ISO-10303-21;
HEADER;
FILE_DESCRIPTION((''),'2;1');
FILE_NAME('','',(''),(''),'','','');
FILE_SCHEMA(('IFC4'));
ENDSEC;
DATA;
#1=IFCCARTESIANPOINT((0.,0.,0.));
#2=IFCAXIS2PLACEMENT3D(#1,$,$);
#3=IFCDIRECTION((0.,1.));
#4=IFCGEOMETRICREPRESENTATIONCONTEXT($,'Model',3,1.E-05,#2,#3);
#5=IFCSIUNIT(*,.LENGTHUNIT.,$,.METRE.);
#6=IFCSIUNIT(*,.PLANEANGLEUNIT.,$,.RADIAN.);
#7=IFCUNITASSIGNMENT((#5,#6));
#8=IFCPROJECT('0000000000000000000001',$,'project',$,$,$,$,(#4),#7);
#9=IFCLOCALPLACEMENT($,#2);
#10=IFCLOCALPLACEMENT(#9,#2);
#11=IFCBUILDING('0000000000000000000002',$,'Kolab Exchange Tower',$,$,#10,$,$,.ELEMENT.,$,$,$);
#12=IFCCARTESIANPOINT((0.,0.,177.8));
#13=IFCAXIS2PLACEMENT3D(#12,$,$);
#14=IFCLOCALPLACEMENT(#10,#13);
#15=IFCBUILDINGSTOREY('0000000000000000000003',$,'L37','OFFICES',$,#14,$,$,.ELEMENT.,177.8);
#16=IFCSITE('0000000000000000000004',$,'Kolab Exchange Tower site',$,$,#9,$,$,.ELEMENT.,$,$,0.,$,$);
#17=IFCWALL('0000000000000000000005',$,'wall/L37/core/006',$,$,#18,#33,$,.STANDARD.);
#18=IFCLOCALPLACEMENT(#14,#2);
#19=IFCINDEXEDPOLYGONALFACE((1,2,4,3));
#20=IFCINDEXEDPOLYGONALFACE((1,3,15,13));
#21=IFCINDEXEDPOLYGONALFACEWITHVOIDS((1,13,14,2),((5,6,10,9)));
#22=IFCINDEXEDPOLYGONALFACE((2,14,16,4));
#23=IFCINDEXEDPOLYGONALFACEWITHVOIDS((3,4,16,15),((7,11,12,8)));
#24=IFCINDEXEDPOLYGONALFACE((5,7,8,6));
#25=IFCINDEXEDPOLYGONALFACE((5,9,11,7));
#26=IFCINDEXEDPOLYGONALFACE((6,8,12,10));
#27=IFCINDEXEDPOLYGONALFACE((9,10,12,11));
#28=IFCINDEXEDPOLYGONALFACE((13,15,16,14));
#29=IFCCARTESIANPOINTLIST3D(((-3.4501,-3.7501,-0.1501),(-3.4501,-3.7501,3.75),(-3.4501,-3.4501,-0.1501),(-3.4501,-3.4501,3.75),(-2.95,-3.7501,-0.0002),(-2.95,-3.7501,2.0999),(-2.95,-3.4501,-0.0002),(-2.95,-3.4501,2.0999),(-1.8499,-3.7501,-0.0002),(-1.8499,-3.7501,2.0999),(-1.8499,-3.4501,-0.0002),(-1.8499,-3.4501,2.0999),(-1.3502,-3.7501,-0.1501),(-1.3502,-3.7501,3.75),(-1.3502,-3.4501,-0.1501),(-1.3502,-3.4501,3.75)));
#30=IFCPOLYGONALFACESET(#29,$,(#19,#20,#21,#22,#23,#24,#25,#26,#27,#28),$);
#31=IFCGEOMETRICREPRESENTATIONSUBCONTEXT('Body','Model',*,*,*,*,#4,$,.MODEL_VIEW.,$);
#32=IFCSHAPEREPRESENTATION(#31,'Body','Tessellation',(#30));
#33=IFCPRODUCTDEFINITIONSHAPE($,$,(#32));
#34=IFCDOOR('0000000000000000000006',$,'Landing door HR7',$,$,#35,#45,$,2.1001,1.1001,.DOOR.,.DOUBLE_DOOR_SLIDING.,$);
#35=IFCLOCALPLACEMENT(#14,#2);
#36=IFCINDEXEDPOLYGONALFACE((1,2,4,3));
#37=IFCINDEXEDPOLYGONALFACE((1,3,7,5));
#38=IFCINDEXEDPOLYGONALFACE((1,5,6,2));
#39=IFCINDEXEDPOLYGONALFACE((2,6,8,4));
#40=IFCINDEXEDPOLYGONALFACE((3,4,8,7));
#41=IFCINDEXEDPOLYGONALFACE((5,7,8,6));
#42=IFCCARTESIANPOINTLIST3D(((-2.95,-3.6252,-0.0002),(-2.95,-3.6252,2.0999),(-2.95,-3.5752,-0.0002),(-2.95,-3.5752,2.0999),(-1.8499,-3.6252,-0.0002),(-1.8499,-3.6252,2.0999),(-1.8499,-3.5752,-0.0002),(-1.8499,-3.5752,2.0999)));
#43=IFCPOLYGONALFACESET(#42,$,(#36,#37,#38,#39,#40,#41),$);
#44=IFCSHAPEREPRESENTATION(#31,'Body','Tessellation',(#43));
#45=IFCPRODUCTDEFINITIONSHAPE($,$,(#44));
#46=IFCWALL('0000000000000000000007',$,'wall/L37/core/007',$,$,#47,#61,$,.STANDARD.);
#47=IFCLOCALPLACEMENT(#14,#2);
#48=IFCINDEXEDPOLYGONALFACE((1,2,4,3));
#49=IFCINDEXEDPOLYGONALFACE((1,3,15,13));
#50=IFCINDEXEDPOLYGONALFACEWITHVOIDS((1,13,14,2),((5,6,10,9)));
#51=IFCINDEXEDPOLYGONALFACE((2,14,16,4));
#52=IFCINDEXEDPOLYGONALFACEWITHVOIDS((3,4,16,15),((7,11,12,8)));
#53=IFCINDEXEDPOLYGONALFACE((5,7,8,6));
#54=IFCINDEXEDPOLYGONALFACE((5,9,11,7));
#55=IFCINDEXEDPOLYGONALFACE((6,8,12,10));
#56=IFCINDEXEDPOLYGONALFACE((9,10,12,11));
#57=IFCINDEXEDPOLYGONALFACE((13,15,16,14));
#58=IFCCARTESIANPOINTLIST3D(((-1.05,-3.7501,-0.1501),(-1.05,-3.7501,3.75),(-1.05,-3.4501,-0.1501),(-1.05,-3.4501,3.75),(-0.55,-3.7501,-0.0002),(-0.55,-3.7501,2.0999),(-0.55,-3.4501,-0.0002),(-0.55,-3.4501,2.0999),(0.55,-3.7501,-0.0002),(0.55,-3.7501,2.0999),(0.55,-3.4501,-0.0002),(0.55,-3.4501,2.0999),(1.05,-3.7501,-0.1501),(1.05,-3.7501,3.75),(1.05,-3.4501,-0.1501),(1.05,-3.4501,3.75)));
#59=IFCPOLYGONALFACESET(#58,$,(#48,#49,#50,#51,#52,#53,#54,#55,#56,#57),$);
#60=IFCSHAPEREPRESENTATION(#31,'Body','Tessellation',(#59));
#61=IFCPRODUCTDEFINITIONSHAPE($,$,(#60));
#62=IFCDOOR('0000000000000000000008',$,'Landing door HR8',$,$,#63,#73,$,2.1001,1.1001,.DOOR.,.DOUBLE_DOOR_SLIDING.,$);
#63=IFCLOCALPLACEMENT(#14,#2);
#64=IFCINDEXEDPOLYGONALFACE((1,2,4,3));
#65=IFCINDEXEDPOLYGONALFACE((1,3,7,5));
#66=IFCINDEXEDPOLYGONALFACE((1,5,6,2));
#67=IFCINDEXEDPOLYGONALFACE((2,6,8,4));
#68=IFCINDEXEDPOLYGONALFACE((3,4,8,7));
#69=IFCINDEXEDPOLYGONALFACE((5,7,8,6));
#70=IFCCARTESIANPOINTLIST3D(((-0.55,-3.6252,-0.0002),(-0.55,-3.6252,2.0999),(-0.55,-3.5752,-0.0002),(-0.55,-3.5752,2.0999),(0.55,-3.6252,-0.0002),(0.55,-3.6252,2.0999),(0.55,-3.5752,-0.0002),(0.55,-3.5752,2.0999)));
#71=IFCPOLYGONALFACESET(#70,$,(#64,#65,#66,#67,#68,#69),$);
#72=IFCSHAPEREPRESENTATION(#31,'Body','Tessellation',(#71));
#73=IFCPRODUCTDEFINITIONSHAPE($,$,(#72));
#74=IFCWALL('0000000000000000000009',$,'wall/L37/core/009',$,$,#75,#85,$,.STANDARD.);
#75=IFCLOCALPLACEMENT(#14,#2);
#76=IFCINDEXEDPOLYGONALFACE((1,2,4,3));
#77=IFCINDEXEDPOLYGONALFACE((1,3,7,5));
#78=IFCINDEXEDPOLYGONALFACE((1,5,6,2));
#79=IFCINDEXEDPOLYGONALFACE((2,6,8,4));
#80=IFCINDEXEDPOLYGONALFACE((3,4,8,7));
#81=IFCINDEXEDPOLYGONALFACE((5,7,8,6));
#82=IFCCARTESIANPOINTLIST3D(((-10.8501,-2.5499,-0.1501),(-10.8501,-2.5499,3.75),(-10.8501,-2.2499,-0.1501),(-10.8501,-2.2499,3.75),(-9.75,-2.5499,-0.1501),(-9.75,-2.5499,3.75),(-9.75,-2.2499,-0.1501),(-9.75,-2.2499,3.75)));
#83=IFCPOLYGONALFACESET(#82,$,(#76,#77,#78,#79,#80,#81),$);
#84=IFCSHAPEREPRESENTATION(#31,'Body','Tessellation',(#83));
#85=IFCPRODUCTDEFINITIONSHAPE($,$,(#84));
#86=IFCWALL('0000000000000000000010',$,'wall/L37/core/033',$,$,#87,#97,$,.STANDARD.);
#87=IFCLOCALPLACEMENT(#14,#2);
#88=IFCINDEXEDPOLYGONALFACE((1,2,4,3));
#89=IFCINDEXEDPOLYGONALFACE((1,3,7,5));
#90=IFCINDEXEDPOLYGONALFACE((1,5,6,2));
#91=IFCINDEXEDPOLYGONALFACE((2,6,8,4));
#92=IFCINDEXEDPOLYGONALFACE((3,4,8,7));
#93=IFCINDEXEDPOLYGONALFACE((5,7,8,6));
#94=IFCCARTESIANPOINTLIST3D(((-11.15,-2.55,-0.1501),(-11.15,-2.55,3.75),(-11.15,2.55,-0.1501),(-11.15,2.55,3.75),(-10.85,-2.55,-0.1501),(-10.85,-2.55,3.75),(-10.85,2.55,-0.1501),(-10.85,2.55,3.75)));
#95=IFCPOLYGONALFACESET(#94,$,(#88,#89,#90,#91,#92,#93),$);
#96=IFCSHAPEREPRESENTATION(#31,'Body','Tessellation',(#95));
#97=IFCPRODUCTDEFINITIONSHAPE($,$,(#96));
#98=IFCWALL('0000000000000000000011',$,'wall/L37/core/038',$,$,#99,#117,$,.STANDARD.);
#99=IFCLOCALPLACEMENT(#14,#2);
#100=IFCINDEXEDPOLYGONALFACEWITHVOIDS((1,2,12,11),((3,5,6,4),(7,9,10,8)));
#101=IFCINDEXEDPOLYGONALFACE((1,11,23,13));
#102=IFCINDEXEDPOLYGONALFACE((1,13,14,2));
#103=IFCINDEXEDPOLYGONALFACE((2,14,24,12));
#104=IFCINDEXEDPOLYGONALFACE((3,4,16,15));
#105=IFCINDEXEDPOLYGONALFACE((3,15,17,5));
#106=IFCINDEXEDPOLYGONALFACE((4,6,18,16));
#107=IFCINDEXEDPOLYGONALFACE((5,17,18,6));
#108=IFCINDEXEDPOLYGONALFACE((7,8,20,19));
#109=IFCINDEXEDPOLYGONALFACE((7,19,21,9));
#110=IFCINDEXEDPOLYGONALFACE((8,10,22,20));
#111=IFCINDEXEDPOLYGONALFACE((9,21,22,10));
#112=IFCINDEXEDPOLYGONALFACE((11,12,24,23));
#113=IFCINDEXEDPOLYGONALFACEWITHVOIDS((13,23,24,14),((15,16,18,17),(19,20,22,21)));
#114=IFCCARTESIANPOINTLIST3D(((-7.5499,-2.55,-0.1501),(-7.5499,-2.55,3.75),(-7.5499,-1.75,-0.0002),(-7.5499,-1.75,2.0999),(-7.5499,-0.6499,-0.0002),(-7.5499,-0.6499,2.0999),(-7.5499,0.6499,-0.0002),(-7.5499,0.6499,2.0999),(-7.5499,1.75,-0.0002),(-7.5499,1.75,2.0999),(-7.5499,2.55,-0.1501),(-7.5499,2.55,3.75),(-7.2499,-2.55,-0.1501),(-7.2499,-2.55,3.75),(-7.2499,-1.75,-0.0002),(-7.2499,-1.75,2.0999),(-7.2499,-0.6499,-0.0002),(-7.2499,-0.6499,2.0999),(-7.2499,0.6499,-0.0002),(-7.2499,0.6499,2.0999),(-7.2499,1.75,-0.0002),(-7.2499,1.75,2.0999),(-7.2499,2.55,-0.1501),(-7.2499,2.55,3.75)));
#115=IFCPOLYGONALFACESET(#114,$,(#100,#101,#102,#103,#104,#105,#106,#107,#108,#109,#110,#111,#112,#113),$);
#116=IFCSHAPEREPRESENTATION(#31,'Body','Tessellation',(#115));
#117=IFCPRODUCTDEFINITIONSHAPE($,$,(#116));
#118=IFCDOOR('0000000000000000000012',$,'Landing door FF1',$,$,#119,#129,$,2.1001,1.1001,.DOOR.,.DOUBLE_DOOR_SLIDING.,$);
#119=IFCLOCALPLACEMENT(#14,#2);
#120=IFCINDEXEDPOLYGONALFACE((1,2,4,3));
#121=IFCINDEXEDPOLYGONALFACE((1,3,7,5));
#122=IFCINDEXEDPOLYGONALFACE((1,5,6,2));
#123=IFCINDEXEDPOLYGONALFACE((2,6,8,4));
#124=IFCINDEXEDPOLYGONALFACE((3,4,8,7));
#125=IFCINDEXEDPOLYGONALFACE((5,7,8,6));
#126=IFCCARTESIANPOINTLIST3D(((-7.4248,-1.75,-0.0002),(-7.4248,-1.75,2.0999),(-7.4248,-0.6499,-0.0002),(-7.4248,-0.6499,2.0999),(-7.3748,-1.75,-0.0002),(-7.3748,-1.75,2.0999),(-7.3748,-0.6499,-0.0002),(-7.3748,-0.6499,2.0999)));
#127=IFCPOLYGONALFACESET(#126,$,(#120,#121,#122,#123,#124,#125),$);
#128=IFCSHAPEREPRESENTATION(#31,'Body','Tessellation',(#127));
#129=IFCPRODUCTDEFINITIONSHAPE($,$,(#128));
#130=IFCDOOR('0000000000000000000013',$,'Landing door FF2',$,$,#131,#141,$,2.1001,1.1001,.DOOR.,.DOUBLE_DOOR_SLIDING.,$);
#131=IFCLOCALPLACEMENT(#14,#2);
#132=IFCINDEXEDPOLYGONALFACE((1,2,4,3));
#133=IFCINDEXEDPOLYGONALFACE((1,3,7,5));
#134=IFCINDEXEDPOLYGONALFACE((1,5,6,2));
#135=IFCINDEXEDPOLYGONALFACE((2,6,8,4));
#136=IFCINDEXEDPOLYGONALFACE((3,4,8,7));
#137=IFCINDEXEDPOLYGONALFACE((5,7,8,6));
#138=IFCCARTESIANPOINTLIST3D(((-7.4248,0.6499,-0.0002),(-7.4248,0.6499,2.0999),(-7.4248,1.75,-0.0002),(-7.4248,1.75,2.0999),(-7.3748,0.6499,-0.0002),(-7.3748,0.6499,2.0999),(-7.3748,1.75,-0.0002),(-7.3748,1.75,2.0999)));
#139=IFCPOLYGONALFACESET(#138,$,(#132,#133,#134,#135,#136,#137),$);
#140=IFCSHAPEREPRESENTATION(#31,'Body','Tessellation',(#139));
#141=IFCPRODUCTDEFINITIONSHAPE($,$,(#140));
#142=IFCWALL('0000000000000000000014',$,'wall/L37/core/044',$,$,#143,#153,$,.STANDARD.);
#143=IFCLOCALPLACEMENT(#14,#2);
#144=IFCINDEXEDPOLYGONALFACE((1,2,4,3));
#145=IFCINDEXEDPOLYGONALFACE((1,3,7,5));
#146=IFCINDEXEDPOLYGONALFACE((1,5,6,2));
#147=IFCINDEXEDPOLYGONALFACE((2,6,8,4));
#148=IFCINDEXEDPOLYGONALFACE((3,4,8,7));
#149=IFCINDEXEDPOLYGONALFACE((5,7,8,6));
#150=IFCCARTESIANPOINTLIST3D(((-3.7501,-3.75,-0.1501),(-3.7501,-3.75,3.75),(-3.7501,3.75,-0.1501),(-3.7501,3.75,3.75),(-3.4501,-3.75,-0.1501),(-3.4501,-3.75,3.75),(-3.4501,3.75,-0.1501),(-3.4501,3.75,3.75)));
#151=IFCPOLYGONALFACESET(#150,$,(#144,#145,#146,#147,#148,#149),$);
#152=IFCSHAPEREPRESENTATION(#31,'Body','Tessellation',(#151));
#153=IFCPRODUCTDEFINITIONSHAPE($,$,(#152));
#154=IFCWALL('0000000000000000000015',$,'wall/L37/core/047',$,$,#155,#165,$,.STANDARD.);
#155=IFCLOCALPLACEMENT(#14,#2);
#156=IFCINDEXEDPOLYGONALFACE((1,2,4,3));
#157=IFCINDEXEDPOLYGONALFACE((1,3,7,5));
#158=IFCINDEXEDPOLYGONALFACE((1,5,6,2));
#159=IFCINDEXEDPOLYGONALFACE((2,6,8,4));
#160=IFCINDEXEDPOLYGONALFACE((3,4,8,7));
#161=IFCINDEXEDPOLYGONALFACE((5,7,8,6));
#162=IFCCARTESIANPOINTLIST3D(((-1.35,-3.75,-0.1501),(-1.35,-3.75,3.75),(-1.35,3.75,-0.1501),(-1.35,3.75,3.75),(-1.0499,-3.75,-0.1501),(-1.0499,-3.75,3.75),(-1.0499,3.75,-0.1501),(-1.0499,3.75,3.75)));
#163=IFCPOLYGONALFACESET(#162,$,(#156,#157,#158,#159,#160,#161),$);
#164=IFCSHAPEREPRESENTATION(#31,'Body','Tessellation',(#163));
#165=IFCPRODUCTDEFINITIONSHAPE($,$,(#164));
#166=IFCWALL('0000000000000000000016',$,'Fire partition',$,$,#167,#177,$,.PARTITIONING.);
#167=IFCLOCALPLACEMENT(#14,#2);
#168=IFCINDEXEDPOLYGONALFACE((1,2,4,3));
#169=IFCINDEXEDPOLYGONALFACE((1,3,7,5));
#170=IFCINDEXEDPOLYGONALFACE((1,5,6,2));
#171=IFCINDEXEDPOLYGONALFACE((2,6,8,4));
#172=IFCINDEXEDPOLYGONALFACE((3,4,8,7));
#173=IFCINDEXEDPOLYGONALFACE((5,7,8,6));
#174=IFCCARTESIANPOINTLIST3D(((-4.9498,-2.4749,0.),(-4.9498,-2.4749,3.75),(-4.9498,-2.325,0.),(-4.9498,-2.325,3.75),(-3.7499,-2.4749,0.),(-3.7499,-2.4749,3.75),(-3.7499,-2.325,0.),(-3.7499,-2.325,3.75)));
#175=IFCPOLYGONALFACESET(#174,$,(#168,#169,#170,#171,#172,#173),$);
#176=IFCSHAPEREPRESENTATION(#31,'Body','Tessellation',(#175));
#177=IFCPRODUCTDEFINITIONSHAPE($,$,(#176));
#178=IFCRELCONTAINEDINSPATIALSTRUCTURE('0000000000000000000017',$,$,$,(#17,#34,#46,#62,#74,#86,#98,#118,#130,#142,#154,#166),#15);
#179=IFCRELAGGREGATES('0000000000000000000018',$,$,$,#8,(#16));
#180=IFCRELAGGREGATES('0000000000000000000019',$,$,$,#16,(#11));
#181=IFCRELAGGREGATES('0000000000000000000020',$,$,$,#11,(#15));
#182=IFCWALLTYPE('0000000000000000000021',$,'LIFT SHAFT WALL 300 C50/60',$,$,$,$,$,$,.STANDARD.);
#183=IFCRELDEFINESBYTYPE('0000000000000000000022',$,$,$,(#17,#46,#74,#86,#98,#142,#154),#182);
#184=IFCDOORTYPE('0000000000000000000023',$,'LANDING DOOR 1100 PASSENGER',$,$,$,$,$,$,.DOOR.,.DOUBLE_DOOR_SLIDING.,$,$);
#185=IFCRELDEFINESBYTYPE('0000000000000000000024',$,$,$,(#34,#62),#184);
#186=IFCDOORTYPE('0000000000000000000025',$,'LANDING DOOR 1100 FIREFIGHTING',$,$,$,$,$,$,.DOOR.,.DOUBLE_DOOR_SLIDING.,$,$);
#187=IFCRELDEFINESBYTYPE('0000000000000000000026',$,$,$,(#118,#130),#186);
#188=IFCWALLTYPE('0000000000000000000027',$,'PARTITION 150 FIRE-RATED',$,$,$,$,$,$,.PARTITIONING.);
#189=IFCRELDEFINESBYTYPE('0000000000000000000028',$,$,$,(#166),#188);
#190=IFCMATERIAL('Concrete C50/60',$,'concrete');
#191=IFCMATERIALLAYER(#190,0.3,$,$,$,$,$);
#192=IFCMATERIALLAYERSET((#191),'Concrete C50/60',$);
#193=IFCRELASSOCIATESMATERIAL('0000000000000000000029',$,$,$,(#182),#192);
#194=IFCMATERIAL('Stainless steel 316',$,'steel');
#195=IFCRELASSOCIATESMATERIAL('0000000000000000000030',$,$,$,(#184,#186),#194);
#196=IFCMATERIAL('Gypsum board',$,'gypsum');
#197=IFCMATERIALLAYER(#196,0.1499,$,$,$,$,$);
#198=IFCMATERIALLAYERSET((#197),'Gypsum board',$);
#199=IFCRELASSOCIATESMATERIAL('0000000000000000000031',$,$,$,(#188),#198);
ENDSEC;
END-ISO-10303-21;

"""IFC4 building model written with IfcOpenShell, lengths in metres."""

from ifc_helpers import new_model, si_unit, direction, frame, frame_2d, origin, place, context, subcontext, project, spatial, rectangle, extrude, material, layer, layer_set, type_object, element, fill, save


model = new_model("IFC4")

# Units and contexts
model_context = context("Model", 3, precision=1e-05, world=origin(), true_north=direction((0.0, 1.0)))
body_context = subcontext(model_context, "Body", "Model", "MODEL_VIEW")
ifc_project = project(units=[si_unit("LENGTHUNIT", "METRE"), si_unit("PLANEANGLEUNIT", "RADIAN")], contexts=[model_context])

# Site, building, storey
site_placement = place(None, origin())
site = spatial("IfcSite", under=ifc_project, at=site_placement, Name="Kolab Exchange Tower site", CompositionType="ELEMENT", RefElevation=0.0)
building_placement = place(site_placement, origin())
building = spatial("IfcBuilding", under=site, at=building_placement, Name="Kolab Exchange Tower", CompositionType="ELEMENT")
storey_placement = place(building_placement, frame((0.0, 0.0, 177.8)))
storey = spatial("IfcBuildingStorey", under=building, at=storey_placement, Name="L37", Description="OFFICES", CompositionType="ELEMENT", Elevation=177.8)

# Walls, openings, doors
ifc_material_1 = material(Name="Concrete C50/60", Category="concrete")
ifc_layer_1 = layer(ifc_material_1, 0.3)
ifc_layer_set_1 = layer_set([ifc_layer_1], Name="Concrete C50/60")
wall_type_1 = type_object("IfcWallType", Name="LIFT SHAFT WALL 300 C50/60", PredefinedType="STANDARD", material=ifc_layer_set_1)
wall_1_placement = place(storey_placement, frame((-3.45, -3.6001, -0.1501), z_axis=(0.0, 0.0, 1.0), x_axis=(1.0, 0.0, 0.0)))
wall_1 = element("IfcWall", 1, at=wall_1_placement, inside=storey, type_object=wall_type_1, Name="wall/L37/core/006", PredefinedType="STANDARD", context=body_context, shape_type="SweptSolid", body=[
    extrude(rectangle(XDim=2.0999, YDim=0.3, at=frame_2d((1.0498, 0.0))), origin(), (0.0, 0.0, 1.0), 3.9001),
])
opening_1_placement = place(wall_1_placement, frame((0.5, 0.0, 0.1499)))
opening_1 = element("IfcOpeningElement", 2, at=opening_1_placement, cuts=wall_1, PredefinedType="OPENING", context=body_context, shape_type="SweptSolid", body=[
    extrude(rectangle(XDim=1.1001, YDim=2.1001, at=frame_2d((0.55, 1.05))), frame((0.0, 0.1602, 0.0), z_axis=(0.0, -1.0, 0.0), x_axis=(1.0, 0.0, 0.0)), (0.0, 0.0, 1.0), 0.3201),
])
ifc_material_2 = material(Name="Stainless steel 316", Category="steel")
door_type_1 = type_object("IfcDoorType", Name="LANDING DOOR 1100 PASSENGER", OperationType="DOUBLE_DOOR_SLIDING", PredefinedType="DOOR", material=ifc_material_2)
door_1_placement = place(opening_1_placement, origin())
door_1 = element("IfcDoor", 3, at=door_1_placement, inside=storey, type_object=door_type_1, Name="Landing door HR7", OperationType="DOUBLE_DOOR_SLIDING", OverallHeight=2.1001, OverallWidth=1.1001, PredefinedType="DOOR", context=body_context, shape_type="SweptSolid", body=[
    extrude(rectangle(XDim=1.1001, YDim=2.1001, at=frame_2d((0.55, 1.05))), frame((0.0, 0.0249, 0.0), z_axis=(0.0, -1.0, 0.0), x_axis=(1.0, 0.0, 0.0)), (0.0, 0.0, 1.0), 0.05),
])
fill(opening_1, door_1)
wall_2_placement = place(storey_placement, frame((-1.05, -3.6001, -0.1501), z_axis=(0.0, 0.0, 1.0), x_axis=(1.0, 0.0, 0.0)))
wall_2 = element("IfcWall", 4, at=wall_2_placement, inside=storey, type_object=wall_type_1, Name="wall/L37/core/007", PredefinedType="STANDARD", context=body_context, shape_type="SweptSolid", body=[
    extrude(rectangle(XDim=2.1001, YDim=0.3, at=frame_2d((1.05, 0.0))), origin(), (0.0, 0.0, 1.0), 3.9001),
])
opening_2_placement = place(wall_2_placement, frame((0.5, 0.0, 0.1499)))
opening_2 = element("IfcOpeningElement", 5, at=opening_2_placement, cuts=wall_2, PredefinedType="OPENING", context=body_context, shape_type="SweptSolid", body=[
    extrude(rectangle(XDim=1.1001, YDim=2.1001, at=frame_2d((0.55, 1.05))), frame((0.0, 0.1602, 0.0), z_axis=(0.0, -1.0, 0.0), x_axis=(1.0, 0.0, 0.0)), (0.0, 0.0, 1.0), 0.3201),
])
door_2_placement = place(opening_2_placement, origin())
door_2 = element("IfcDoor", 6, at=door_2_placement, inside=storey, type_object=door_type_1, Name="Landing door HR8", OperationType="DOUBLE_DOOR_SLIDING", OverallHeight=2.1001, OverallWidth=1.1001, PredefinedType="DOOR", context=body_context, shape_type="SweptSolid", body=[
    extrude(rectangle(XDim=1.1001, YDim=2.1001, at=frame_2d((0.55, 1.05))), frame((0.0, 0.0249, 0.0), z_axis=(0.0, -1.0, 0.0), x_axis=(1.0, 0.0, 0.0)), (0.0, 0.0, 1.0), 0.05),
])
fill(opening_2, door_2)

# Walls
wall_3_placement = place(storey_placement, frame((-10.8501, -2.3999, -0.1501), z_axis=(0.0, 0.0, 1.0), x_axis=(1.0, 0.0, 0.0)))
element("IfcWall", 7, at=wall_3_placement, inside=storey, type_object=wall_type_1, Name="wall/L37/core/009", PredefinedType="STANDARD", context=body_context, shape_type="SweptSolid", body=[
    extrude(rectangle(XDim=1.1001, YDim=0.3, at=frame_2d((0.55, 0.0))), origin(), (0.0, 0.0, 1.0), 3.9001),
])
wall_4_placement = place(storey_placement, frame((-11.0, -2.55, -0.1501), z_axis=(0.0, 0.0, 1.0), x_axis=(0.0, 1.0, 0.0)))
element("IfcWall", 8, at=wall_4_placement, inside=storey, type_object=wall_type_1, Name="wall/L37/core/033", PredefinedType="STANDARD", context=body_context, shape_type="SweptSolid", body=[
    extrude(rectangle(XDim=5.1001, YDim=0.3, at=frame_2d((2.55, 0.0))), origin(), (0.0, 0.0, 1.0), 3.9001),
])

# Wall, openings, doors
wall_5_placement = place(storey_placement, frame((-7.3999, -2.55, -0.1501), z_axis=(0.0, 0.0, 1.0), x_axis=(0.0, 1.0, 0.0)))
wall_5 = element("IfcWall", 9, at=wall_5_placement, inside=storey, type_object=wall_type_1, Name="wall/L37/core/038", PredefinedType="STANDARD", context=body_context, shape_type="SweptSolid", body=[
    extrude(rectangle(XDim=5.1001, YDim=0.3, at=frame_2d((2.55, 0.0))), origin(), (0.0, 0.0, 1.0), 3.9001),
])
opening_3_placement = place(wall_5_placement, frame((0.8, 0.0, 0.1499)))
opening_3 = element("IfcOpeningElement", 10, at=opening_3_placement, cuts=wall_5, PredefinedType="OPENING", context=body_context, shape_type="SweptSolid", body=[
    extrude(rectangle(XDim=1.1001, YDim=2.1001, at=frame_2d((0.55, 1.05))), frame((0.0, 0.1602, 0.0), z_axis=(0.0, -1.0, 0.0), x_axis=(1.0, 0.0, 0.0)), (0.0, 0.0, 1.0), 0.3201),
])
opening_4_placement = place(wall_5_placement, frame((3.2, 0.0, 0.1499)))
opening_4 = element("IfcOpeningElement", 11, at=opening_4_placement, cuts=wall_5, PredefinedType="OPENING", context=body_context, shape_type="SweptSolid", body=[
    extrude(rectangle(XDim=1.1001, YDim=2.1001, at=frame_2d((0.55, 1.05))), frame((0.0, 0.1602, 0.0), z_axis=(0.0, -1.0, 0.0), x_axis=(1.0, 0.0, 0.0)), (0.0, 0.0, 1.0), 0.3201),
])
door_type_2 = type_object("IfcDoorType", Name="LANDING DOOR 1100 FIREFIGHTING", OperationType="DOUBLE_DOOR_SLIDING", PredefinedType="DOOR", material=ifc_material_2)
door_3_placement = place(opening_3_placement, origin())
door_3 = element("IfcDoor", 12, at=door_3_placement, inside=storey, type_object=door_type_2, Name="Landing door FF1", OperationType="DOUBLE_DOOR_SLIDING", OverallHeight=2.1001, OverallWidth=1.1001, PredefinedType="DOOR", context=body_context, shape_type="SweptSolid", body=[
    extrude(rectangle(XDim=1.1001, YDim=2.1001, at=frame_2d((0.55, 1.05))), frame((0.0, 0.0249, 0.0), z_axis=(0.0, -1.0, 0.0), x_axis=(1.0, 0.0, 0.0)), (0.0, 0.0, 1.0), 0.05),
])
fill(opening_3, door_3)
door_4_placement = place(opening_4_placement, origin())
door_4 = element("IfcDoor", 13, at=door_4_placement, inside=storey, type_object=door_type_2, Name="Landing door FF2", OperationType="DOUBLE_DOOR_SLIDING", OverallHeight=2.1001, OverallWidth=1.1001, PredefinedType="DOOR", context=body_context, shape_type="SweptSolid", body=[
    extrude(rectangle(XDim=1.1001, YDim=2.1001, at=frame_2d((0.55, 1.05))), frame((0.0, 0.0249, 0.0), z_axis=(0.0, -1.0, 0.0), x_axis=(1.0, 0.0, 0.0)), (0.0, 0.0, 1.0), 0.05),
])
fill(opening_4, door_4)

# Walls
for number, where, z_axis, x_axis, name in (
    (14, (-3.6001, -3.75, -0.1501), (0.0, 0.0, 1.0), (0.0, 1.0, 0.0), "wall/L37/core/044"),
    (15, (-1.2, -3.75, -0.1501), (0.0, 0.0, 1.0), (0.0, 1.0, 0.0), "wall/L37/core/047"),
):
    element("IfcWall", number, at=place(storey_placement, frame(where, z_axis=z_axis, x_axis=x_axis)), inside=storey, type_object=wall_type_1, Name=name, PredefinedType="STANDARD", context=body_context, shape_type="SweptSolid", body=[
        extrude(rectangle(XDim=7.5, YDim=0.3, at=frame_2d((3.75, 0.0))), origin(), (0.0, 0.0, 1.0), 3.9001),
    ])
ifc_material_3 = material(Name="Gypsum board", Category="gypsum")
ifc_layer_2 = layer(ifc_material_3, 0.1499)
ifc_layer_set_2 = layer_set([ifc_layer_2], Name="Gypsum board")
wall_type_2 = type_object("IfcWallType", Name="PARTITION 150 FIRE-RATED", PredefinedType="PARTITIONING", material=ifc_layer_set_2)
wall_6_placement = place(storey_placement, frame((-4.95, -2.3999, 0.0), z_axis=(0.0, 0.0, 1.0), x_axis=(1.0, 0.0, 0.0)))
element("IfcWall", 16, at=wall_6_placement, inside=storey, type_object=wall_type_2, Name="Fire partition", PredefinedType="PARTITIONING", context=body_context, shape_type="SweptSolid", body=[
    extrude(rectangle(XDim=1.2, YDim=0.1499, at=frame_2d((0.6001, 0.0))), origin(), (0.0, 0.0, 1.0), 3.75),
])

save(model, "model.ifc")
